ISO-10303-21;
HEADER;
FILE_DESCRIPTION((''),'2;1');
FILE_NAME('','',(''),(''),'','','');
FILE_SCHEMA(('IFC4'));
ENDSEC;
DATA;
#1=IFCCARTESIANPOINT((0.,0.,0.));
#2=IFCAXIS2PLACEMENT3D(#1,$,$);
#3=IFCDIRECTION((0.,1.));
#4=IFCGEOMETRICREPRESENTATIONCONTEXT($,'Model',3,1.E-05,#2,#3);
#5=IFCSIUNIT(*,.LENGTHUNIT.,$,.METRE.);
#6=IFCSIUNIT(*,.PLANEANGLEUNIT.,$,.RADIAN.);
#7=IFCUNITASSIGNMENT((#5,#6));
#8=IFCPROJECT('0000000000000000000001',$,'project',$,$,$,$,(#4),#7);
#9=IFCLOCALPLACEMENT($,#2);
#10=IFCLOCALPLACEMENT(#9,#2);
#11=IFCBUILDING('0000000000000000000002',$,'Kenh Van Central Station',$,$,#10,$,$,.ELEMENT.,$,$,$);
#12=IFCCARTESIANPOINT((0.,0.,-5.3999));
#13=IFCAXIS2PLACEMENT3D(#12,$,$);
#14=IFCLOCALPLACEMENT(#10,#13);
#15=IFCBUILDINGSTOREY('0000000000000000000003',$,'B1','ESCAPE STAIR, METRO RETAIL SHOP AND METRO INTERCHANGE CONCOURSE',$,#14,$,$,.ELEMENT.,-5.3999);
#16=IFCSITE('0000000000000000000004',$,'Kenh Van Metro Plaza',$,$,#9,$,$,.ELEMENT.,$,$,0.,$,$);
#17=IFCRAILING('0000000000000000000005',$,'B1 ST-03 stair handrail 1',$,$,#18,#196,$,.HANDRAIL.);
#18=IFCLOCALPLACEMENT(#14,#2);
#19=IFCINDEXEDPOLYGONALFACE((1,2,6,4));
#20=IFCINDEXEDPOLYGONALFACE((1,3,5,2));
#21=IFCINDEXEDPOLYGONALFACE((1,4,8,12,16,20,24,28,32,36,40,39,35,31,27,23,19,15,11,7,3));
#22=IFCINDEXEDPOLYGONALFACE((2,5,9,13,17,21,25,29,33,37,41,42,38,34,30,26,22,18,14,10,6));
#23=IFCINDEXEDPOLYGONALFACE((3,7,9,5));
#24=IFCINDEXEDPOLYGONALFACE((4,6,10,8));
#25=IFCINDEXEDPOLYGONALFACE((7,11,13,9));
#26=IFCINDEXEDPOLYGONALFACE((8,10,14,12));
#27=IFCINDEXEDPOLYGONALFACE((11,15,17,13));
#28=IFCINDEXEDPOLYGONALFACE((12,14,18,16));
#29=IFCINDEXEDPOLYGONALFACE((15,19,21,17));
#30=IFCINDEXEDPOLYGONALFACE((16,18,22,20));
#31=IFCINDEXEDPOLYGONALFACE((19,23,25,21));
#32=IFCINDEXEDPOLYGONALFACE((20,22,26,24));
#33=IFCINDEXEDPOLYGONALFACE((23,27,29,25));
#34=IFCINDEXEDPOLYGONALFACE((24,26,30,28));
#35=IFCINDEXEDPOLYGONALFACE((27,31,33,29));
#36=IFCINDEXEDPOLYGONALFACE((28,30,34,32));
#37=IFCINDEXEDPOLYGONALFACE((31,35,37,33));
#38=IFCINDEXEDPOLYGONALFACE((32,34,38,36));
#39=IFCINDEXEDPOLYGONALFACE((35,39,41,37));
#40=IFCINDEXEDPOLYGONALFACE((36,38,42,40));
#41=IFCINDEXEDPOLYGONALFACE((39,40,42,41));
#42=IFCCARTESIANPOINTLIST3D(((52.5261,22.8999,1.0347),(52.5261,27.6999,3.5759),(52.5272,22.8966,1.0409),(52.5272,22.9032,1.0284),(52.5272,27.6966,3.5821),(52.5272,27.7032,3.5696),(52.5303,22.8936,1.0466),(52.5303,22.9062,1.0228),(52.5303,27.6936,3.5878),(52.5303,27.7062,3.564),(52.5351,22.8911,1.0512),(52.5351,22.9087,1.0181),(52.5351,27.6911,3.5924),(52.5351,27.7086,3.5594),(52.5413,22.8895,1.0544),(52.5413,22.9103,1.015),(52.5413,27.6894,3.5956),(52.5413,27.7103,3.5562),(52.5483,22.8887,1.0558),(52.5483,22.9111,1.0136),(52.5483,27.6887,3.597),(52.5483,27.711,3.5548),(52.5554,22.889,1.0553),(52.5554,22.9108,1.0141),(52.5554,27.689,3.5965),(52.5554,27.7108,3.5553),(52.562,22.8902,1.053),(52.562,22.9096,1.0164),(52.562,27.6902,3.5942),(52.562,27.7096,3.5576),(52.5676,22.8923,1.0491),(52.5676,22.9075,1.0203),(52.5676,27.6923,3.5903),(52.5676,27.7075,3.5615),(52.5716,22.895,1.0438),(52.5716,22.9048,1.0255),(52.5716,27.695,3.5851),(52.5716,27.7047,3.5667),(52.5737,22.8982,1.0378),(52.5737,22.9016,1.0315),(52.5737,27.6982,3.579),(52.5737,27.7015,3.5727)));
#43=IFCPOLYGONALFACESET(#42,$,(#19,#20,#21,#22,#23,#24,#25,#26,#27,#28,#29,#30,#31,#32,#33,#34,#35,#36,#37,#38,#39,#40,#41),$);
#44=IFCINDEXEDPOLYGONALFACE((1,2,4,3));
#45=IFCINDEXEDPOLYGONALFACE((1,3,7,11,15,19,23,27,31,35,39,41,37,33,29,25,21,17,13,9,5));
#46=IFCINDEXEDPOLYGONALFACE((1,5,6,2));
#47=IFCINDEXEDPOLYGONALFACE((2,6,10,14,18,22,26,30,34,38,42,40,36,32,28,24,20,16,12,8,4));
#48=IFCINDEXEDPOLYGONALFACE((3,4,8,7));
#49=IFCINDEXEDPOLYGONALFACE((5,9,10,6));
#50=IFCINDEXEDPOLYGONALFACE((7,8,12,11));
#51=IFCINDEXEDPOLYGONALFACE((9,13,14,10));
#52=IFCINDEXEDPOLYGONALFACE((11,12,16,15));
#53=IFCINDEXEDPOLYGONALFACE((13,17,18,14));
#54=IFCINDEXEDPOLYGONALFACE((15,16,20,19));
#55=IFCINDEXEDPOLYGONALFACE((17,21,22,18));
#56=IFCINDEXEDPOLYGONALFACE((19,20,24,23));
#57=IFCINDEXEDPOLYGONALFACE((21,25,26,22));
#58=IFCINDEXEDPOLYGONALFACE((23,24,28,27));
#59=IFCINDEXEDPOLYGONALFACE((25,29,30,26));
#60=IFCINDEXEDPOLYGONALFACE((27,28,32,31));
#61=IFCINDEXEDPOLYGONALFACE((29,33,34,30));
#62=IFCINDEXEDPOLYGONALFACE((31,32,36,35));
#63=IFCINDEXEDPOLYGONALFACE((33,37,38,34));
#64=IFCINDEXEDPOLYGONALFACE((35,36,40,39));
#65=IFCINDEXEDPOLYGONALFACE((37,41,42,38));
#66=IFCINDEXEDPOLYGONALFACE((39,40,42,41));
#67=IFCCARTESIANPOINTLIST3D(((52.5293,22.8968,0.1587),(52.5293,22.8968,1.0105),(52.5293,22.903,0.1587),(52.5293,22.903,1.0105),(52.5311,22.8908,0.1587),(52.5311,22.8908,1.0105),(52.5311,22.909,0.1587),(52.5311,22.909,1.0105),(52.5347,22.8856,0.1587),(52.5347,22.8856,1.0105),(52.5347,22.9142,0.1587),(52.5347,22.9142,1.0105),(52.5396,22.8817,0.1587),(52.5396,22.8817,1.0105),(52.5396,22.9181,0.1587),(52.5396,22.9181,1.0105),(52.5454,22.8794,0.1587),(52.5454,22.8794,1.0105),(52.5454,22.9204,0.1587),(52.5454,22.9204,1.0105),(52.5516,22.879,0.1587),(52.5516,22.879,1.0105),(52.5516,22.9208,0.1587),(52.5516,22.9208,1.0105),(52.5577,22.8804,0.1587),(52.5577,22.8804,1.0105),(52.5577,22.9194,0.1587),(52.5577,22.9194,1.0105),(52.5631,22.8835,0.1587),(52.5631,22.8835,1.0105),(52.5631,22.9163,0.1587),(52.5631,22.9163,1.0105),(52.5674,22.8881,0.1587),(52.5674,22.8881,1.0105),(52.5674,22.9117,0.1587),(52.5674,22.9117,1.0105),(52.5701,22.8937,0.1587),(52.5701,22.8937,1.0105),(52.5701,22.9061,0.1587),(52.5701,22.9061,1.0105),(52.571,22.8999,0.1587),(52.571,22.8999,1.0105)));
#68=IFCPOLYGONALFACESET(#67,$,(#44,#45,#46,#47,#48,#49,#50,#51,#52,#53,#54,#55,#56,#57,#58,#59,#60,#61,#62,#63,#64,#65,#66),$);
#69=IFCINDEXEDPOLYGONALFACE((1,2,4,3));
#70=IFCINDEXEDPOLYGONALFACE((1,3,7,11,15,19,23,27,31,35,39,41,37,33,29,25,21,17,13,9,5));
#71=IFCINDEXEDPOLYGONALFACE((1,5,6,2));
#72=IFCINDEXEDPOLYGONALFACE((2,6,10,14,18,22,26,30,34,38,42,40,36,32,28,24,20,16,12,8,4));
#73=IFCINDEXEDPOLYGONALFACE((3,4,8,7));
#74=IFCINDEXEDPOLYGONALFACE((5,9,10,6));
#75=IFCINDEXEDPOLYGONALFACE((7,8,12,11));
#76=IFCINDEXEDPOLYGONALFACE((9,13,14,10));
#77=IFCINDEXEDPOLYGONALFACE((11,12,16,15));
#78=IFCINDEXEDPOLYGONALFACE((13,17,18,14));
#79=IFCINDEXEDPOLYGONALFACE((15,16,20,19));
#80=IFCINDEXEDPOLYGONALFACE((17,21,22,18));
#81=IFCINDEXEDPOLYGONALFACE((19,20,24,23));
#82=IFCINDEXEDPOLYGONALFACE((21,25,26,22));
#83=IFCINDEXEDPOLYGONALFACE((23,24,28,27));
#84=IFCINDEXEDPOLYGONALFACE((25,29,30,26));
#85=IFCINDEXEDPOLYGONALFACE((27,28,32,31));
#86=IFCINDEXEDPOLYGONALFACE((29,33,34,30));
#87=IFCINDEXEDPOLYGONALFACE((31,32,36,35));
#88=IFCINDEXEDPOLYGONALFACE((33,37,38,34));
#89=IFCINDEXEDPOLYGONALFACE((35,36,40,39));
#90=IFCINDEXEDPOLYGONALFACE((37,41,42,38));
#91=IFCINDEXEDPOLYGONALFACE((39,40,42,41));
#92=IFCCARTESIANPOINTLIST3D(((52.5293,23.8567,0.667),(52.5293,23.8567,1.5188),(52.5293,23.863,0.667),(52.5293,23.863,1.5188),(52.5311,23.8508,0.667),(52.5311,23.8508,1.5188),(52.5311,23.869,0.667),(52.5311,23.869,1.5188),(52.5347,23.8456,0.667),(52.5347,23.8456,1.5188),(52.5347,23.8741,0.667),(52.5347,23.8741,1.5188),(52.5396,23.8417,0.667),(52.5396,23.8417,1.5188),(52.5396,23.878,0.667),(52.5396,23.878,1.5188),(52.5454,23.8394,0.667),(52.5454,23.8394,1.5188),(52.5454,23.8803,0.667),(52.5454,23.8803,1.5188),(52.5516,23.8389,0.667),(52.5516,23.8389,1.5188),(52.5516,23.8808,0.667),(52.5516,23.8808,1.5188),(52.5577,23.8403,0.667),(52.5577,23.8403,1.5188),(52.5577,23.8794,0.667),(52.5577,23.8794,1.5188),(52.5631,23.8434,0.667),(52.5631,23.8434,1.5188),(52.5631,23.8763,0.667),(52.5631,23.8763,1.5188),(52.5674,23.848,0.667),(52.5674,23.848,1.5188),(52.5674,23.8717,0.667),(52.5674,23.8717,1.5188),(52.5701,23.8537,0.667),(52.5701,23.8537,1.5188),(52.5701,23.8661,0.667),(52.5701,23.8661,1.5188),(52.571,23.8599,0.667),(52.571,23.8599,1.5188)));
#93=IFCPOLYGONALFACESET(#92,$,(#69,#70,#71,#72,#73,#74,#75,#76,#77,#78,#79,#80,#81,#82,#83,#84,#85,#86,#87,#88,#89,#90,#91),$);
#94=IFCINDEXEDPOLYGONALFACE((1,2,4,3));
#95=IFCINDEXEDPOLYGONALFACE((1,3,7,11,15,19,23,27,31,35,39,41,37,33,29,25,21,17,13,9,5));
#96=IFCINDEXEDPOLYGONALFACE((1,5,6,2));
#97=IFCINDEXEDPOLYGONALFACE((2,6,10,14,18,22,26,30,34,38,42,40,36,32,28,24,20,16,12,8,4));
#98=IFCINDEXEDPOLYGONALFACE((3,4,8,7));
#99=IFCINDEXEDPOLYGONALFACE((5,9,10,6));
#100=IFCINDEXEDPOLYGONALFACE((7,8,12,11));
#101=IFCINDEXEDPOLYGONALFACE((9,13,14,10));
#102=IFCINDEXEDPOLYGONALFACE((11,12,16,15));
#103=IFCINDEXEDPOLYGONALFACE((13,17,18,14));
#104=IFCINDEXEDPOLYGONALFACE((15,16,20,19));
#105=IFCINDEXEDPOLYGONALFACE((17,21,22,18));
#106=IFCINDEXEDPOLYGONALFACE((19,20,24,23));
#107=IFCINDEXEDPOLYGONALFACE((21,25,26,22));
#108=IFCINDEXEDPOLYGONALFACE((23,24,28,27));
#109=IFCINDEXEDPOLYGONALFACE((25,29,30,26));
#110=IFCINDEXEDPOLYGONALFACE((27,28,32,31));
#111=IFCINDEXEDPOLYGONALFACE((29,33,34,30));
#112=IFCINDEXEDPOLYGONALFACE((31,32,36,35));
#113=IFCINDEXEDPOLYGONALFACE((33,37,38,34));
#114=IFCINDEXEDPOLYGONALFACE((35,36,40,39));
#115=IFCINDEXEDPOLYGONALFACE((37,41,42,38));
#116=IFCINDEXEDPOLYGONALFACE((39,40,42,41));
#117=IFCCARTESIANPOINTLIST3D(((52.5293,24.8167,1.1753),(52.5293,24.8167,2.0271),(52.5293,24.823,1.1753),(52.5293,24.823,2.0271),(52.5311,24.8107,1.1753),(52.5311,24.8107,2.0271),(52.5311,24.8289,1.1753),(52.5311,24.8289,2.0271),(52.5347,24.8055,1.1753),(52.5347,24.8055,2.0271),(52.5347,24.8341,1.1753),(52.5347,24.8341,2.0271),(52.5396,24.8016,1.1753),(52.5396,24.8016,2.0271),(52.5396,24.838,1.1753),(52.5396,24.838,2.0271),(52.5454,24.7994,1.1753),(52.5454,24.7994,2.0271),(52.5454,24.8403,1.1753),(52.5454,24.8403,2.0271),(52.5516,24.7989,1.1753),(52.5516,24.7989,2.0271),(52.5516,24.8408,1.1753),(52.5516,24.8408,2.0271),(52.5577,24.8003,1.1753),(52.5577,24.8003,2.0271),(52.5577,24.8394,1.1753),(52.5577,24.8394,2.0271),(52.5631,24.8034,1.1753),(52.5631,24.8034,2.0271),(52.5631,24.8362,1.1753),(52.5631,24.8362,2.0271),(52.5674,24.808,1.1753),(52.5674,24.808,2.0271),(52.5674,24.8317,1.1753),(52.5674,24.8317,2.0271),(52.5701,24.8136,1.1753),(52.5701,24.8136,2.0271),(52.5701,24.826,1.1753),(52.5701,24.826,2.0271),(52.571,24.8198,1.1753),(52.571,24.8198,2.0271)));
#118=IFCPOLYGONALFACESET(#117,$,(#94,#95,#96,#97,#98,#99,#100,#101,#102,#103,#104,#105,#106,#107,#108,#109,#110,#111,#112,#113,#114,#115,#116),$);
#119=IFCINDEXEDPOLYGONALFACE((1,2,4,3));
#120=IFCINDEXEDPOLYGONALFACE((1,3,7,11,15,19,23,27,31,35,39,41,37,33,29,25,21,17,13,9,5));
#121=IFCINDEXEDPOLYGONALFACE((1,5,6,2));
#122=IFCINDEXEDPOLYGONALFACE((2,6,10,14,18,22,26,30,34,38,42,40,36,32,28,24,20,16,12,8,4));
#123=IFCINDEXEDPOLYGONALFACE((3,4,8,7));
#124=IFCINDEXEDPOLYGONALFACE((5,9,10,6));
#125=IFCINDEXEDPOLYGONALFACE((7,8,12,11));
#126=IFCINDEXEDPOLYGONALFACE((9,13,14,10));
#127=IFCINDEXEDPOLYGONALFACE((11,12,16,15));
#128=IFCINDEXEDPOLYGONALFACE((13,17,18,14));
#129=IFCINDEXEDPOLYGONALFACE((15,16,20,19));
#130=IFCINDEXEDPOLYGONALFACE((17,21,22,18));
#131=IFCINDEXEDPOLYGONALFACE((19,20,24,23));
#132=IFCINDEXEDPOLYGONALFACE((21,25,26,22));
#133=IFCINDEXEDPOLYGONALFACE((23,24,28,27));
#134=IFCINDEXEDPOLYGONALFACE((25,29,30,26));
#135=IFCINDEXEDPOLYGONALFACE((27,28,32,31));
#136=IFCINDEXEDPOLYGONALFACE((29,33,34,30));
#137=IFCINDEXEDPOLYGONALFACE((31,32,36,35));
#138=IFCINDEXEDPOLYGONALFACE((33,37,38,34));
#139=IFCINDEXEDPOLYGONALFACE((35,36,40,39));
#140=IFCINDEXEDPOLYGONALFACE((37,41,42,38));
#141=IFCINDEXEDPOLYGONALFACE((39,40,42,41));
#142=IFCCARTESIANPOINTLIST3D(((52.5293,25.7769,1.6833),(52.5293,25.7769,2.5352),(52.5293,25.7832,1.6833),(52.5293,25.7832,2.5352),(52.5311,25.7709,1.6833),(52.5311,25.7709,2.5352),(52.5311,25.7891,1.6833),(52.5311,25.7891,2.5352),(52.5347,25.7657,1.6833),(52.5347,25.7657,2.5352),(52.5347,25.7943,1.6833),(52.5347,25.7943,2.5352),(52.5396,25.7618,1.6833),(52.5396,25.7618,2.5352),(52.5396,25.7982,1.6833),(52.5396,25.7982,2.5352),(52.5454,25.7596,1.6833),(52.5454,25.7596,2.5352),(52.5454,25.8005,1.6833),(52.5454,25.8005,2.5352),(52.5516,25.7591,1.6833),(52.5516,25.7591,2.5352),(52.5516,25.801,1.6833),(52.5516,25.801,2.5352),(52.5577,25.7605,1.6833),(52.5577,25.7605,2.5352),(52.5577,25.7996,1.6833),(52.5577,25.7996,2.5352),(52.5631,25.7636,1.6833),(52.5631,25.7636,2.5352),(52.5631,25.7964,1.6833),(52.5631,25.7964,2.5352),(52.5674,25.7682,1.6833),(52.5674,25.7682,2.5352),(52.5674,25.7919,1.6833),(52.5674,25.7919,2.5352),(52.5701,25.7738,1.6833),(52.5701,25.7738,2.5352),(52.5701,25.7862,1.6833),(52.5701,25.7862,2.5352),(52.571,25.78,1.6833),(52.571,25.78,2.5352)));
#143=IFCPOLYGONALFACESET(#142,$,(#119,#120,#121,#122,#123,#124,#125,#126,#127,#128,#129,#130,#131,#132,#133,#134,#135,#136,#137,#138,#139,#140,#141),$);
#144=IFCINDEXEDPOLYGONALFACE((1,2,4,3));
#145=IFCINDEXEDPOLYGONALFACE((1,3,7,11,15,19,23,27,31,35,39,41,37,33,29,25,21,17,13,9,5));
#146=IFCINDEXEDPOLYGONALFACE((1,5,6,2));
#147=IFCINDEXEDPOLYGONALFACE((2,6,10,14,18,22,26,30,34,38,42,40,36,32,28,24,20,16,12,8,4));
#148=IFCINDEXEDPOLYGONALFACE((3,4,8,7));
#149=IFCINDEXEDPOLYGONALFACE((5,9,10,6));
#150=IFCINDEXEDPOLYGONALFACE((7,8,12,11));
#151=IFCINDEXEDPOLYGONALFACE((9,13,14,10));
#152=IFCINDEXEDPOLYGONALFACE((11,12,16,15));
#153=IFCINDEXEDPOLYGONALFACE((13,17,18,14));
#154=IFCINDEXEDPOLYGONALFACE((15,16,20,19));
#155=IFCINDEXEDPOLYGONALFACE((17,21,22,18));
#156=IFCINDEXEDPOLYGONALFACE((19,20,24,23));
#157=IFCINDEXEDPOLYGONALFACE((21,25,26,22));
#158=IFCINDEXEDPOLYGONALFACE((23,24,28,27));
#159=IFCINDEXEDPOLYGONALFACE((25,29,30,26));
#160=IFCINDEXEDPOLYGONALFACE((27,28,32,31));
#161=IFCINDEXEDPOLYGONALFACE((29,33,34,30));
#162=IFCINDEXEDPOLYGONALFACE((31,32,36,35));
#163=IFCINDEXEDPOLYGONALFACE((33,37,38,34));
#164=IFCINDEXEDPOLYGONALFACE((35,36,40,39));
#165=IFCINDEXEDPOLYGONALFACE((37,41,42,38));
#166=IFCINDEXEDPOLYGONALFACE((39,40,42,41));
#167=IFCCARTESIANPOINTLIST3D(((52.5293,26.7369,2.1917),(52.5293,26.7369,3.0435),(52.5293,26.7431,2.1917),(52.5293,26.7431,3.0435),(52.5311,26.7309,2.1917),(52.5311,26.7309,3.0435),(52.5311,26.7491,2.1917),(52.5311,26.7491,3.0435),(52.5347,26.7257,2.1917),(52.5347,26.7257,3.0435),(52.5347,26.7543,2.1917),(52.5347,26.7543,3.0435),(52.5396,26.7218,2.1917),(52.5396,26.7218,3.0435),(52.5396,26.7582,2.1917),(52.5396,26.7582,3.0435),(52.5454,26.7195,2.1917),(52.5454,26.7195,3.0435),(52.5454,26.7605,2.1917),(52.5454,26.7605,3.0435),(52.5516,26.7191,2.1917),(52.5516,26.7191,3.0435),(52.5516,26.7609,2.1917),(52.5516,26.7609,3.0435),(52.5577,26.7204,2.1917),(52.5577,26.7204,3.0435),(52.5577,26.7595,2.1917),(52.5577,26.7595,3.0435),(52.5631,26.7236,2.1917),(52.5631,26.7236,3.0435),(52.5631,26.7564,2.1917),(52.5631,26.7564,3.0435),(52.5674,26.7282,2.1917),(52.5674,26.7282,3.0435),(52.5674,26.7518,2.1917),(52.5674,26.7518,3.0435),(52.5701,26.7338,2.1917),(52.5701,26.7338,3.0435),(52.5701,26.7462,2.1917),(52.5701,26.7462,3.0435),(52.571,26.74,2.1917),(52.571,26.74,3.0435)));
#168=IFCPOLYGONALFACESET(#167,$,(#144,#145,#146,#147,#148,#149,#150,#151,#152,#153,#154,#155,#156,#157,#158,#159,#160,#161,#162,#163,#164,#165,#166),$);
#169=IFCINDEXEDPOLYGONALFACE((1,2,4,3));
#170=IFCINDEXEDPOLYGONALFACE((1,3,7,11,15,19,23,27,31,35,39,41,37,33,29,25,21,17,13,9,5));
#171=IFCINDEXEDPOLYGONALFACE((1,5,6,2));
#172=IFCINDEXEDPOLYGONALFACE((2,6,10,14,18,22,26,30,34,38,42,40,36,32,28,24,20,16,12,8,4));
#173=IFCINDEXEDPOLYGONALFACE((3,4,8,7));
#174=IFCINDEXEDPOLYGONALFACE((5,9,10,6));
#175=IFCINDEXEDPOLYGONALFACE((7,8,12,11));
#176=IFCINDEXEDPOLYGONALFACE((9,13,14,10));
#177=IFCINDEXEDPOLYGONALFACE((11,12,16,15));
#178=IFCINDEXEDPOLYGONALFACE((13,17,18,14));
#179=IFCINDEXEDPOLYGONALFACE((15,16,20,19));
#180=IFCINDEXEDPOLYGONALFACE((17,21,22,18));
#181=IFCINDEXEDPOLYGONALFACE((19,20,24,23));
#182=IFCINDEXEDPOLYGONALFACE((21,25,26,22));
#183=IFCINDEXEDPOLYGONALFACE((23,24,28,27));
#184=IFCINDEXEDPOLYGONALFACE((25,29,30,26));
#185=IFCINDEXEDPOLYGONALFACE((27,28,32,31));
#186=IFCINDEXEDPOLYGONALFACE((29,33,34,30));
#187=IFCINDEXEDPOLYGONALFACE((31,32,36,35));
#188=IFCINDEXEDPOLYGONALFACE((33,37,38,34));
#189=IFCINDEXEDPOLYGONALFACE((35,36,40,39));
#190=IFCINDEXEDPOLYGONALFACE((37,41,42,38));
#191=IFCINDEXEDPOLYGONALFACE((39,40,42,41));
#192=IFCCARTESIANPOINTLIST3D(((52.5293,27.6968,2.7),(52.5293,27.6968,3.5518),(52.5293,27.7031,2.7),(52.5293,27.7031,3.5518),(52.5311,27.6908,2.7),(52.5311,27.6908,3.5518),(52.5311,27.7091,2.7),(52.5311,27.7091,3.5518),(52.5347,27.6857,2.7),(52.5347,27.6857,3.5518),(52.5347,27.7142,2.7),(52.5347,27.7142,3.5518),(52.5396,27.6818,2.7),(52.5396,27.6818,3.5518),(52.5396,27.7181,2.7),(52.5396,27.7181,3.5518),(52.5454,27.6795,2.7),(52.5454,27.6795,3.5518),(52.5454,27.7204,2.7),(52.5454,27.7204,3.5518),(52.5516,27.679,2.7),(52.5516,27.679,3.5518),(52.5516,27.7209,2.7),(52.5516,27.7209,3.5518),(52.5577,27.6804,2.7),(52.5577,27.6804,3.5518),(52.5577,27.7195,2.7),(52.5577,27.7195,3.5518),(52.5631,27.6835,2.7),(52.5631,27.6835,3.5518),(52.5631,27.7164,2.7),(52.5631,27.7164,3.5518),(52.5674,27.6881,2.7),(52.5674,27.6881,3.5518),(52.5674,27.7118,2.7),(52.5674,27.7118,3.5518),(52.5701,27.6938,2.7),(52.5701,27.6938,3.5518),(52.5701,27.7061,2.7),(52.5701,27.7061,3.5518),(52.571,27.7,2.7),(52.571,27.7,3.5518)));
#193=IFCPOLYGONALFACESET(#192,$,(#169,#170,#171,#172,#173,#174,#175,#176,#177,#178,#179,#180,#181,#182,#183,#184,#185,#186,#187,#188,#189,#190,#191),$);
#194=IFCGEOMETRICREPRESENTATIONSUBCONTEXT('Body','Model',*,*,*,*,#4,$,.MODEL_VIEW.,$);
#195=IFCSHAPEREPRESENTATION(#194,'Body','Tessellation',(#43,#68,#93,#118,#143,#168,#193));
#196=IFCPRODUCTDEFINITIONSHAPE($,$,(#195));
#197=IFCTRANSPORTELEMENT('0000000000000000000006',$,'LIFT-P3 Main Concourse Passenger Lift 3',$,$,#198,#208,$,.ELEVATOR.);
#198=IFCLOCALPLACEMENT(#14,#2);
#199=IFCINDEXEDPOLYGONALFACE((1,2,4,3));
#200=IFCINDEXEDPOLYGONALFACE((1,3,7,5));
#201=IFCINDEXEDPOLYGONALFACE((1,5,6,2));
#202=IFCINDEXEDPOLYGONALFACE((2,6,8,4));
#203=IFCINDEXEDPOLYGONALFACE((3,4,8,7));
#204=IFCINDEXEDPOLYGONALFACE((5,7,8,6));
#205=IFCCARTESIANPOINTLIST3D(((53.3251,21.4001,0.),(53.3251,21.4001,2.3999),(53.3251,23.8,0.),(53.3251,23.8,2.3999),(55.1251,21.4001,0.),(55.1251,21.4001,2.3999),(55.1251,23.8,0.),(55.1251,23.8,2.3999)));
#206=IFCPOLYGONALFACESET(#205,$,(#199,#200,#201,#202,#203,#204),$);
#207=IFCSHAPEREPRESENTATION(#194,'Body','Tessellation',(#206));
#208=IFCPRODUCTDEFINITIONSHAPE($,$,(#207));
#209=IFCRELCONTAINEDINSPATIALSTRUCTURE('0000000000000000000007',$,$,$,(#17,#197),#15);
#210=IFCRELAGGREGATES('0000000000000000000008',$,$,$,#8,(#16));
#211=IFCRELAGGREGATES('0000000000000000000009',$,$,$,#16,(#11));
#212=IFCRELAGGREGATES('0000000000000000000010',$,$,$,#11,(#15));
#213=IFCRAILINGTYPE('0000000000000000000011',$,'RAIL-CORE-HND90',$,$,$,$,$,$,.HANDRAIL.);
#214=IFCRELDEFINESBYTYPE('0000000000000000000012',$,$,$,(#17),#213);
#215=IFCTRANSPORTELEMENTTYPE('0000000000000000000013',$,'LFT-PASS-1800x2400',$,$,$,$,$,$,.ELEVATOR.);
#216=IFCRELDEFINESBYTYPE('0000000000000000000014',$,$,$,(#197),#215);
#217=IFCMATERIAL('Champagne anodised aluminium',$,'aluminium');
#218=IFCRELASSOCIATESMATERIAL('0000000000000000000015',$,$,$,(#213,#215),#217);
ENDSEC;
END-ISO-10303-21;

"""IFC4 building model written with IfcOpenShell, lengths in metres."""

from ifc_helpers import new_model, si_unit, direction, frame, origin, origin_2d, place, context, subcontext, project, spatial, rectangle, circle, extrude, material, type_object, element, save


model = new_model("IFC4")

# Units and contexts
model_context = context("Model", 3, precision=1e-05, world=origin(), true_north=direction((0.0, 1.0)))
body_context = subcontext(model_context, "Body", "Model", "MODEL_VIEW")
ifc_project = project(units=[si_unit("LENGTHUNIT", "METRE"), si_unit("PLANEANGLEUNIT", "RADIAN")], contexts=[model_context])

# Site, building, storey
site_placement = place(None, origin())
site = spatial("IfcSite", under=ifc_project, at=site_placement, Name="Kenh Van Metro Plaza", CompositionType="ELEMENT", RefElevation=0.0)
building_placement = place(site_placement, origin())
building = spatial("IfcBuilding", under=site, at=building_placement, Name="Kenh Van Central Station", CompositionType="ELEMENT")
storey_placement = place(building_placement, frame((0.0, 0.0, -5.3999)))
storey = spatial("IfcBuildingStorey", under=building, at=storey_placement, Name="B1", Description="ESCAPE STAIR, METRO RETAIL SHOP AND METRO INTERCHANGE CONCOURSE", CompositionType="ELEMENT", Elevation=-5.3999)

# Shared definitions
ifc_material_1 = material(Name="Champagne anodised aluminium", Category="aluminium")

# Railing
railing_type_1 = type_object("IfcRailingType", Name="RAIL-CORE-HND90", PredefinedType="HANDRAIL", material=ifc_material_1)
railing_1_placement = place(storey_placement, frame((52.55, 22.8999, 0.1587)))
element("IfcRailing", 1, at=railing_1_placement, inside=storey, type_object=railing_type_1, Name="B1 ST-03 stair handrail 1", PredefinedType="HANDRAIL", context=body_context, shape_type="SweptSolid", body=[
    extrude(circle(Radius=0.0239, at=origin_2d()), frame((0.0, 0.0, 0.876), z_axis=(0.0, 0.883784, 0.467896), x_axis=(-1.0, 0.0, 0.0)), (0.0, 0.0, 1.0), 5.4312),
    extrude(circle(Radius=0.021, at=origin_2d()), origin(), (0.0, 0.0, 1.0), 0.8518),
    extrude(circle(Radius=0.021, at=origin_2d()), frame((0.0, 0.96, 0.5083)), (0.0, 0.0, 1.0), 0.8518),
    extrude(circle(Radius=0.021, at=origin_2d()), frame((0.0, 1.9199, 1.0166)), (0.0, 0.0, 1.0), 0.8518),
    extrude(circle(Radius=0.021, at=origin_2d()), frame((0.0, 2.8801, 1.5247)), (0.0, 0.0, 1.0), 0.8518),
    extrude(circle(Radius=0.021, at=origin_2d()), frame((0.0, 3.8401, 2.033)), (0.0, 0.0, 1.0), 0.8518),
    extrude(circle(Radius=0.021, at=origin_2d()), frame((0.0, 4.8, 2.5413)), (0.0, 0.0, 1.0), 0.8518),
])

# Transport element
transport_element_type = type_object("IfcTransportElementType", Name="LFT-PASS-1800x2400", PredefinedType="ELEVATOR", material=ifc_material_1)
transport_element_placement = place(storey_placement, frame((54.2251, 22.6001, 0.0), z_axis=(0.0, 0.0, 1.0), x_axis=(1.0, 0.0, 0.0)))
element("IfcTransportElement", 2, at=transport_element_placement, inside=storey, type_object=transport_element_type, Name="LIFT-P3 Main Concourse Passenger Lift 3", PredefinedType="ELEVATOR", context=body_context, shape_type="SweptSolid", body=[
    extrude(rectangle(XDim=1.8, YDim=2.3999, at=origin_2d()), origin(), (0.0, 0.0, 1.0), 2.3999),
])

save(model, "model.ifc")
